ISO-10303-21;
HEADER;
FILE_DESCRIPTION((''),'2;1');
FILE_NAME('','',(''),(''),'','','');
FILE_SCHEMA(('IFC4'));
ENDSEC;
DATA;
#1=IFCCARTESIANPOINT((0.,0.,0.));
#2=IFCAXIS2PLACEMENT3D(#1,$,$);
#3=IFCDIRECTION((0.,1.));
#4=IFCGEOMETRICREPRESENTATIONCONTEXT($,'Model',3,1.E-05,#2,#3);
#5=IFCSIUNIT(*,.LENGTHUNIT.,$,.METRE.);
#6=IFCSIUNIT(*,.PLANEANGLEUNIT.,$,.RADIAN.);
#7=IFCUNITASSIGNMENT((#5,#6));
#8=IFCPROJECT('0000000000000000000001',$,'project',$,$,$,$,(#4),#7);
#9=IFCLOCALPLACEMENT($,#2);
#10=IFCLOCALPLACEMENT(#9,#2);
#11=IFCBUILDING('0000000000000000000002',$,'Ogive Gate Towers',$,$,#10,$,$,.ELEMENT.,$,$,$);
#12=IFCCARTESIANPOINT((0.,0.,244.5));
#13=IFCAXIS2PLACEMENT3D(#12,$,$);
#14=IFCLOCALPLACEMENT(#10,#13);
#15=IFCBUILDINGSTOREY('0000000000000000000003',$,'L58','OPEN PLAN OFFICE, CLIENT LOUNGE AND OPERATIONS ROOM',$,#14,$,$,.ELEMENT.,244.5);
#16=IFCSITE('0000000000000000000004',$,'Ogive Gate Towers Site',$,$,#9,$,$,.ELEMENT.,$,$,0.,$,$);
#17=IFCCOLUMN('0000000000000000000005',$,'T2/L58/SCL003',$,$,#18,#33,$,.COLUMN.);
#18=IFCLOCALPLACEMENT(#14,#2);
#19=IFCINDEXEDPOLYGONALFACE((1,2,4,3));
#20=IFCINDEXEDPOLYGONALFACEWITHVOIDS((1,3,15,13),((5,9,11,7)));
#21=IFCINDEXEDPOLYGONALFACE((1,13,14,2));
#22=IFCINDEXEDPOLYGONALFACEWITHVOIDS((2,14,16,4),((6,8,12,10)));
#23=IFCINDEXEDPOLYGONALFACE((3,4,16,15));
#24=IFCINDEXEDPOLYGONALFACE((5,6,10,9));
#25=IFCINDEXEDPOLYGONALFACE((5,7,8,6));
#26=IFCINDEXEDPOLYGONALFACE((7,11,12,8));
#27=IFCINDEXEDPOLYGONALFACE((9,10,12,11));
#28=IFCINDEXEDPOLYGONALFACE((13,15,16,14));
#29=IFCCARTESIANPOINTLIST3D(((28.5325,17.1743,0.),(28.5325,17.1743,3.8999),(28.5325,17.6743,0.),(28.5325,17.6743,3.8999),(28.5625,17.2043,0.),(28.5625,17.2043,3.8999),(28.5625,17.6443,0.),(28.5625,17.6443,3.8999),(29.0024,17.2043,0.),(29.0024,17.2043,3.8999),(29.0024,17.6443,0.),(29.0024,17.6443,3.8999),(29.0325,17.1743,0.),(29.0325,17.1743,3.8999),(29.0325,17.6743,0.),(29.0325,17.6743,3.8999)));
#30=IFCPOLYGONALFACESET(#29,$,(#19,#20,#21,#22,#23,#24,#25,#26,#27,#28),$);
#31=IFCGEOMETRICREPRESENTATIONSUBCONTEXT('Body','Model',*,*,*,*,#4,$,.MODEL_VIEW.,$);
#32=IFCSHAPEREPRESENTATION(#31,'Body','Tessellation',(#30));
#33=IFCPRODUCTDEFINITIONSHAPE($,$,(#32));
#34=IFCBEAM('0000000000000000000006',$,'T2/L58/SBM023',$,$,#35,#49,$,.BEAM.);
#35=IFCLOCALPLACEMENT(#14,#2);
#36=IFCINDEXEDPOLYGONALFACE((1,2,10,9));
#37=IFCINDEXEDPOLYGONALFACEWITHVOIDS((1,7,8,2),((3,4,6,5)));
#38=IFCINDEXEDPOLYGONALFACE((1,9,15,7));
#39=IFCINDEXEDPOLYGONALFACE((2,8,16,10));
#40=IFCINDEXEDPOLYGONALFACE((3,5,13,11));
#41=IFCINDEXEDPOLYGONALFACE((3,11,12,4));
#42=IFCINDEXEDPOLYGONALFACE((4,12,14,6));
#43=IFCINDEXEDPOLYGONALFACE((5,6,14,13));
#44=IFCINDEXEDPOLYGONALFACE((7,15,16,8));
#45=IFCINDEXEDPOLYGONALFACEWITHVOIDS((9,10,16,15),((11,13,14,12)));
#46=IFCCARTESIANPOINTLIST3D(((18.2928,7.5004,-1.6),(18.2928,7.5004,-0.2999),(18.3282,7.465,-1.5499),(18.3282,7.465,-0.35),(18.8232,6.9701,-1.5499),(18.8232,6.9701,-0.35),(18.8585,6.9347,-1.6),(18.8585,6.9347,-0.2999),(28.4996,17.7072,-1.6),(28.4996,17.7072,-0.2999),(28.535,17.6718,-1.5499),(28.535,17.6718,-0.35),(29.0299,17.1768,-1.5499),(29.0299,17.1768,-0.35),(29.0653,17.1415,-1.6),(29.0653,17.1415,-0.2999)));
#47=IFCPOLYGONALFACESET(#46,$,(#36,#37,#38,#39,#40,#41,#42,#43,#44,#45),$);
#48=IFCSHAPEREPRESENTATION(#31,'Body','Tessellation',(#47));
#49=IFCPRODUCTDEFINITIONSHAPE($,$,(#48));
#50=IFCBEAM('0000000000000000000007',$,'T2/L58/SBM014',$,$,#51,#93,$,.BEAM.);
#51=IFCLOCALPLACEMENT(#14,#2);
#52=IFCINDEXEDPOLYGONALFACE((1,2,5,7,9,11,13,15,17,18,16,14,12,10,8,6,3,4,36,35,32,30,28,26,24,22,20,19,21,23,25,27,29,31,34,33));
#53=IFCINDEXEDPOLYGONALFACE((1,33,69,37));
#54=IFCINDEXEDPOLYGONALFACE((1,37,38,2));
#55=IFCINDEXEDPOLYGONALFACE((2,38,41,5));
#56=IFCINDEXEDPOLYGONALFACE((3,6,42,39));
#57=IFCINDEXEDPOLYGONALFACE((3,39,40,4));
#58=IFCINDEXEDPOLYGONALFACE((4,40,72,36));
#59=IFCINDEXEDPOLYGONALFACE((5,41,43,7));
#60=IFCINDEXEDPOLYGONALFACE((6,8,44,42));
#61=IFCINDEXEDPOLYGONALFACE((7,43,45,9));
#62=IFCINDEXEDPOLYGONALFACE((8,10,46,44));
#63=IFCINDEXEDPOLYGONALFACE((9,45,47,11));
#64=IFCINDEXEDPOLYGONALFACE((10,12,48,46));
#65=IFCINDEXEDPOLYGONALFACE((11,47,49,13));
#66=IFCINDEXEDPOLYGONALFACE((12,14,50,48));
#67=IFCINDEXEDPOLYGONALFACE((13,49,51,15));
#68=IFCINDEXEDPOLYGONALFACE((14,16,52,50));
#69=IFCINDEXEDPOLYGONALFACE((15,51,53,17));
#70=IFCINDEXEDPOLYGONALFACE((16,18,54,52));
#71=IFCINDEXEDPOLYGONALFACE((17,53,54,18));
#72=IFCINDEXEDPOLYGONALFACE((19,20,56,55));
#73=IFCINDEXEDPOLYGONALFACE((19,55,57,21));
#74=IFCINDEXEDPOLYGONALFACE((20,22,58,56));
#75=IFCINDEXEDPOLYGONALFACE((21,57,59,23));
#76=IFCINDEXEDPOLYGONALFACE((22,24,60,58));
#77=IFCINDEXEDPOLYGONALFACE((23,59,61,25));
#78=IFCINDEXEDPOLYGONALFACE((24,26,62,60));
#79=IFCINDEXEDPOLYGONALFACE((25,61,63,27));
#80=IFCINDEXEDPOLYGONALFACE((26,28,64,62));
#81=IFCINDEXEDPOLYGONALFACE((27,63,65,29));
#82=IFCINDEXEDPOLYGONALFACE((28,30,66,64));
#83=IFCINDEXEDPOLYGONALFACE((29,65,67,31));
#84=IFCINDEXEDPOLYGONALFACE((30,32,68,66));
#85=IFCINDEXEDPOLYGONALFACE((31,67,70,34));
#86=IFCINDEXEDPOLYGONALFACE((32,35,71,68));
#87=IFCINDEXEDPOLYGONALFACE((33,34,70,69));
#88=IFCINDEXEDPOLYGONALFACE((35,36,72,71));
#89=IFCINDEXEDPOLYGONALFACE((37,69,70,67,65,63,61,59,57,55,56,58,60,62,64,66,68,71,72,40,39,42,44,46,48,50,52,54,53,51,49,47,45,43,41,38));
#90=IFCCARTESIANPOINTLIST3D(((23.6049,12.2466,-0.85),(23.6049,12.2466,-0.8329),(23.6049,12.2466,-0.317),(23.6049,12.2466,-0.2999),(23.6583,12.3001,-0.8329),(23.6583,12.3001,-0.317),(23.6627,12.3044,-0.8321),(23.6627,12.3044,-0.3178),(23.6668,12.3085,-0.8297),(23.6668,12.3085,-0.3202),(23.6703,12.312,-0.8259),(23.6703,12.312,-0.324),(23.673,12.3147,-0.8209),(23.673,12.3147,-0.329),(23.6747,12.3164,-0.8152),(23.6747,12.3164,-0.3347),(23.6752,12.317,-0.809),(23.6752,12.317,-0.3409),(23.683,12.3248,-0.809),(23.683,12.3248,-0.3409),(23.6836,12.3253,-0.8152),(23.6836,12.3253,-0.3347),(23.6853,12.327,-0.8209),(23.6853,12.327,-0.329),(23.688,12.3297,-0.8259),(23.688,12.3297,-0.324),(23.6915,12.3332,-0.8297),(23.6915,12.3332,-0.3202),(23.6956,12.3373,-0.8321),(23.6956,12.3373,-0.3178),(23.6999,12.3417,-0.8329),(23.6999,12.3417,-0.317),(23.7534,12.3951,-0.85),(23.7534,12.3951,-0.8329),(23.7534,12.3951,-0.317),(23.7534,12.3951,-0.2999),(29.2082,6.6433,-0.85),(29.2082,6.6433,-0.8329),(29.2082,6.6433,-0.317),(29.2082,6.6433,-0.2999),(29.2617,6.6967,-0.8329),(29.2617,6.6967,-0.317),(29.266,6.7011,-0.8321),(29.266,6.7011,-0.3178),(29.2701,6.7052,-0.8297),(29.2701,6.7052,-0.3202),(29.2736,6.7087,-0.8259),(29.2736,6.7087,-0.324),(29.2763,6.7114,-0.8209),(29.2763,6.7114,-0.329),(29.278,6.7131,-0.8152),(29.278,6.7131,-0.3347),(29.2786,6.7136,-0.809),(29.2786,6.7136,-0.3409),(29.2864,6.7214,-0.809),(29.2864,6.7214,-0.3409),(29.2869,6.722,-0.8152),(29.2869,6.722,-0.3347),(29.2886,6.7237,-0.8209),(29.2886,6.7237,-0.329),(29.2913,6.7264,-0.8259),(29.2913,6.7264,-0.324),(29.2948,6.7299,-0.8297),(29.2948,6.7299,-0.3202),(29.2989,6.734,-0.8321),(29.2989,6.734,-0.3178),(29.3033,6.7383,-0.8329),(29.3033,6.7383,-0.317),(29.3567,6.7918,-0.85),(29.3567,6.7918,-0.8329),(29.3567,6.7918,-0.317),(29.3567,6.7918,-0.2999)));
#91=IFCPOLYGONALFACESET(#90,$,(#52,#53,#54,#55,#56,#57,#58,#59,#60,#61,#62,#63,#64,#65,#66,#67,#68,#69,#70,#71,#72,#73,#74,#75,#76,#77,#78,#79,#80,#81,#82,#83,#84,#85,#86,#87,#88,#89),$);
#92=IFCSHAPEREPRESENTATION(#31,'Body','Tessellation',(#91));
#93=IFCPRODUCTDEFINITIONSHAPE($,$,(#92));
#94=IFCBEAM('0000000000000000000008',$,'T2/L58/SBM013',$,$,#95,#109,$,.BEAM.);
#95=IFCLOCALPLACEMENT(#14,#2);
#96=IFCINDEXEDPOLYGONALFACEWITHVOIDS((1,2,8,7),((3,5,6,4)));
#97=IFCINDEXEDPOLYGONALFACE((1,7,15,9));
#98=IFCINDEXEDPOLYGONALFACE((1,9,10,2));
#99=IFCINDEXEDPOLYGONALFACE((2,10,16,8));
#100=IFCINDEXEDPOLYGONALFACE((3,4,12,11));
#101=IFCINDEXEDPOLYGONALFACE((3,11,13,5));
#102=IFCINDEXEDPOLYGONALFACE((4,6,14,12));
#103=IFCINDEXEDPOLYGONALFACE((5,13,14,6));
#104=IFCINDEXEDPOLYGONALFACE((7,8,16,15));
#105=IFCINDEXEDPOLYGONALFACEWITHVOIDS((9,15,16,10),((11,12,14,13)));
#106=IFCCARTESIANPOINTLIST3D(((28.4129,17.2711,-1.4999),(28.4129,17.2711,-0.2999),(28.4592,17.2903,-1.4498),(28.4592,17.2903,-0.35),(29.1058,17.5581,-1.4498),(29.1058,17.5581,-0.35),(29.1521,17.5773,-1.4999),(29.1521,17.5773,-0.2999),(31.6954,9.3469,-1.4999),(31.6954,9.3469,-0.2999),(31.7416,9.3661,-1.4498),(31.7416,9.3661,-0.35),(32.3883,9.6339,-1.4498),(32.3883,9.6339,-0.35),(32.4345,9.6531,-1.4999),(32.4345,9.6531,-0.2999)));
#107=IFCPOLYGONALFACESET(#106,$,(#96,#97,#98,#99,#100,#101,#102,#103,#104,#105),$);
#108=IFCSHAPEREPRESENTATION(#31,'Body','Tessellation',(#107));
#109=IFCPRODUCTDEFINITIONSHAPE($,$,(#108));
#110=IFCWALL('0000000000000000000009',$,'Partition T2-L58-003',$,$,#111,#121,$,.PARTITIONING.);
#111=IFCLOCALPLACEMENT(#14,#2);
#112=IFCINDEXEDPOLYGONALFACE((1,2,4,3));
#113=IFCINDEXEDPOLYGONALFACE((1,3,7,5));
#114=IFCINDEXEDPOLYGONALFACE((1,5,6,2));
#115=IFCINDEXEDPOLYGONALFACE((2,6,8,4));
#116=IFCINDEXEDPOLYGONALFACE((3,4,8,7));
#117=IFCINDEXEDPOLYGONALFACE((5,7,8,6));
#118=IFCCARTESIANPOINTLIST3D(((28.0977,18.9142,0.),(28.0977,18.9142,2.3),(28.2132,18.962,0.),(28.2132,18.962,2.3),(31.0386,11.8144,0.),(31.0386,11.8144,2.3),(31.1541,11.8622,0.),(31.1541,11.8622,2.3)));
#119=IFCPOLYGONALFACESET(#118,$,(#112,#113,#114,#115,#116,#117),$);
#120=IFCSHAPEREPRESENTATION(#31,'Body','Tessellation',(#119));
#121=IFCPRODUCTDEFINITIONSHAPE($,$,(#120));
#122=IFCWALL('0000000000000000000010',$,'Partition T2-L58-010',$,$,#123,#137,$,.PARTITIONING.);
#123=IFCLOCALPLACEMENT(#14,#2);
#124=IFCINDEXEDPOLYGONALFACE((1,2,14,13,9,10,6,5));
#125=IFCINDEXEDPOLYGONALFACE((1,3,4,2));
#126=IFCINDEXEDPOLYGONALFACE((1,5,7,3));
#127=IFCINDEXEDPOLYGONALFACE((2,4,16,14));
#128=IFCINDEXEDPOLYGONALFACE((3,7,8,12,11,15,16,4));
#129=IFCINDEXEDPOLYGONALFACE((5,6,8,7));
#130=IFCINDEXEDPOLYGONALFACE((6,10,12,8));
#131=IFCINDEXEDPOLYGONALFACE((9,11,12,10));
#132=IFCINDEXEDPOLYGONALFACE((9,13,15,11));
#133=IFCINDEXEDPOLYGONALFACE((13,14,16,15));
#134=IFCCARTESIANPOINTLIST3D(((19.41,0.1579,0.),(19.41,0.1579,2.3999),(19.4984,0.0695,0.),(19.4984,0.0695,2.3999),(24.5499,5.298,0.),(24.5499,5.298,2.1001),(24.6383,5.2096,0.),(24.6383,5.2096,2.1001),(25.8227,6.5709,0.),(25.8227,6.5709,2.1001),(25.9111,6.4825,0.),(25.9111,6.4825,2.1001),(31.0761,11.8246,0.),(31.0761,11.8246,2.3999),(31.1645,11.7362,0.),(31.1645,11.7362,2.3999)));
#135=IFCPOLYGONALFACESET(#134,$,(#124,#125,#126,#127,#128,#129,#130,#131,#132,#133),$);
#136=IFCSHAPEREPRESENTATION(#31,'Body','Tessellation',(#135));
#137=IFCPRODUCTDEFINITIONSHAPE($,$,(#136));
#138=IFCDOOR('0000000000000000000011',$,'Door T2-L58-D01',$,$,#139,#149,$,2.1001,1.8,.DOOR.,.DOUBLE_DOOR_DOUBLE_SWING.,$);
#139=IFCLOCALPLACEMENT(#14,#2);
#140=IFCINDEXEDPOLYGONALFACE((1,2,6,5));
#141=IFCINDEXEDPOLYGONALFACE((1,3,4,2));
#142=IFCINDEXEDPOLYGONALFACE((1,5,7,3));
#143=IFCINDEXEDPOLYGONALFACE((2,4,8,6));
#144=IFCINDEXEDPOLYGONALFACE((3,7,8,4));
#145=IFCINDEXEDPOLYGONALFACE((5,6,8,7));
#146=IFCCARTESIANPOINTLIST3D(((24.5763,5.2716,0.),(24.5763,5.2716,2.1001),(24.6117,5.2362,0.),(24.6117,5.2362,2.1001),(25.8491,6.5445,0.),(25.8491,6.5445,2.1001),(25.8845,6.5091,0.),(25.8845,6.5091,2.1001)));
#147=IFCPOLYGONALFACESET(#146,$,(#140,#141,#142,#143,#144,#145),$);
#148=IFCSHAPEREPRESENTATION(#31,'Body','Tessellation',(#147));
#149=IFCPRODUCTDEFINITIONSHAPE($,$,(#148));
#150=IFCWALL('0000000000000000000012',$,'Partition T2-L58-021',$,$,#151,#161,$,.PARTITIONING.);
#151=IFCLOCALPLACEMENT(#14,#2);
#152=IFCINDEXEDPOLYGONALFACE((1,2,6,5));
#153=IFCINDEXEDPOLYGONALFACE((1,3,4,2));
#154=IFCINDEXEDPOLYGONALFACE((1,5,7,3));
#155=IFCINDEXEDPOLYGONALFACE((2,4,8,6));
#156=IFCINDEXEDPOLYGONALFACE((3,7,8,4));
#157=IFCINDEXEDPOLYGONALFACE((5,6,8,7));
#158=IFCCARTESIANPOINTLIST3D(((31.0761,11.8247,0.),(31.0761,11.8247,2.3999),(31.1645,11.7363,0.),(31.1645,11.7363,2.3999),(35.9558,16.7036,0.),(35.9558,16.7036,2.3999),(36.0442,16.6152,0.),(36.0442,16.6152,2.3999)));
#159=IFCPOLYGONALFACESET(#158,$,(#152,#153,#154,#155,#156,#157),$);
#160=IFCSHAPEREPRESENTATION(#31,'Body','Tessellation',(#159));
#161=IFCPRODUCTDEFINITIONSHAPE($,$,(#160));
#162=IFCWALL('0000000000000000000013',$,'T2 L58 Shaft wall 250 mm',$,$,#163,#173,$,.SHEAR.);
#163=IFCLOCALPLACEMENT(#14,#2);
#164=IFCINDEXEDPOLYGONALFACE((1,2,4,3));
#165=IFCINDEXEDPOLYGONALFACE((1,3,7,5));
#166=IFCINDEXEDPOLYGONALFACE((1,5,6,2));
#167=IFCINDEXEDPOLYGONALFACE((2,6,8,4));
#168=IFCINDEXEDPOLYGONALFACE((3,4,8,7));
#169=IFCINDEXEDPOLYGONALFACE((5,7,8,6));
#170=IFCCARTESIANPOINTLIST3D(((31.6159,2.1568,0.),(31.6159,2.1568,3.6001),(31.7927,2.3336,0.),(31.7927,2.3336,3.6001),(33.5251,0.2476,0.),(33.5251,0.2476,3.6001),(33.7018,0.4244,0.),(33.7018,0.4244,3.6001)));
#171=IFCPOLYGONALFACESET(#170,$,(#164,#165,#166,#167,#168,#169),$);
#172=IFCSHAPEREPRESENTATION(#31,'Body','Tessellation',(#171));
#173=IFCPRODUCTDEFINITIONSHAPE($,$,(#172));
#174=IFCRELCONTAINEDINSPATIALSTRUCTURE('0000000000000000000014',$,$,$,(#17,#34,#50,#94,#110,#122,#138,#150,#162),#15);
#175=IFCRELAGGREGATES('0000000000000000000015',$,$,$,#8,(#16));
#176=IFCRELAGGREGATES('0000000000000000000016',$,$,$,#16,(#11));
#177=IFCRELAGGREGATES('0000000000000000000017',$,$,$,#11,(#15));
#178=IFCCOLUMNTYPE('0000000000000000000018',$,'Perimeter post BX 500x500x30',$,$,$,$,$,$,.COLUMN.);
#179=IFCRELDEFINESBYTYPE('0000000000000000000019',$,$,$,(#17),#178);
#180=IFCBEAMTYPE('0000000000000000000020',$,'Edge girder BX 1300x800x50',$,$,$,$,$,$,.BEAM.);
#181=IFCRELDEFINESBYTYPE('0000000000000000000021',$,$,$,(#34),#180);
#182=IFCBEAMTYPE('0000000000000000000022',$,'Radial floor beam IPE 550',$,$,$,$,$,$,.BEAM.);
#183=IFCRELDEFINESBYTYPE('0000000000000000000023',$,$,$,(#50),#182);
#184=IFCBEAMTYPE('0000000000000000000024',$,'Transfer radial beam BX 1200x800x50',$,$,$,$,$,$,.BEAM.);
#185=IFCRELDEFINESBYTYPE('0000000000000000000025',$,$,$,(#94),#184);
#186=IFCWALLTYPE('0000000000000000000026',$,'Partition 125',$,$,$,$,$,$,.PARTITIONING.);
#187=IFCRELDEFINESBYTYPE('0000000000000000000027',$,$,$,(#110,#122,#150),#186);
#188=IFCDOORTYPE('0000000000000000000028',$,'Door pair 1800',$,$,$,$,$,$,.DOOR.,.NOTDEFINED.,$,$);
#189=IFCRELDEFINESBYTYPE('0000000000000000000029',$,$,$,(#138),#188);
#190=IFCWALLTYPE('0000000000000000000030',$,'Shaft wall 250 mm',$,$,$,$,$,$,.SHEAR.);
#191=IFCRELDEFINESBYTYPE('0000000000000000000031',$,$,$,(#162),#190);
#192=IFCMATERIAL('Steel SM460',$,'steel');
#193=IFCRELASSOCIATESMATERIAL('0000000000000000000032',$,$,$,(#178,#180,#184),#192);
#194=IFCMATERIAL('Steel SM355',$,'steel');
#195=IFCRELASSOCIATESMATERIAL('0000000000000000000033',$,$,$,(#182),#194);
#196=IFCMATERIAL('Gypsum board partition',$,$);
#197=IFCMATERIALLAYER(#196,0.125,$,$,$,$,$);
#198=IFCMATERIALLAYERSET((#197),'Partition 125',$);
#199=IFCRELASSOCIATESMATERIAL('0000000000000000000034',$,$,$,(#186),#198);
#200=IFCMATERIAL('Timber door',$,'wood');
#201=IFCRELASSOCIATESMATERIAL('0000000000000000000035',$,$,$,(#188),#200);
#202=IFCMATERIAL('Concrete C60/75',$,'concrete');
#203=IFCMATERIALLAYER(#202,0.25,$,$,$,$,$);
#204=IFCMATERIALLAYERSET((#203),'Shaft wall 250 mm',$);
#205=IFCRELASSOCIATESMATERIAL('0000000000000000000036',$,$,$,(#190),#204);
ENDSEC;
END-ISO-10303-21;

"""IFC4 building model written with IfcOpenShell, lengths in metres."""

from ifc_helpers import new_model, si_unit, direction, frame, frame_2d, origin, origin_2d, place, context, subcontext, project, spatial, rectangle, hollow_rectangle, i_section, extrude, material, layer, layer_set, material_profile, profile_set, type_object, element, fill, save


model = new_model("IFC4")

# Units and contexts
model_context = context("Model", 3, precision=1e-05, world=origin(), true_north=direction((0.0, 1.0)))
body_context = subcontext(model_context, "Body", "Model", "MODEL_VIEW")
ifc_project = project(units=[si_unit("LENGTHUNIT", "METRE"), si_unit("PLANEANGLEUNIT", "RADIAN")], contexts=[model_context])

# Site, building, storey
site_placement = place(None, origin())
site = spatial("IfcSite", under=ifc_project, at=site_placement, Name="Ogive Gate Towers Site", CompositionType="ELEMENT", RefElevation=0.0)
building_placement = place(site_placement, origin())
building = spatial("IfcBuilding", under=site, at=building_placement, Name="Ogive Gate Towers", CompositionType="ELEMENT")
storey_placement = place(building_placement, frame((0.0, 0.0, 244.5)))
storey = spatial("IfcBuildingStorey", under=building, at=storey_placement, Name="L58", Description="OPEN PLAN OFFICE, CLIENT LOUNGE AND OPERATIONS ROOM", CompositionType="ELEMENT", Elevation=244.5)

# Column
ifc_material_1 = material(Name="Steel SM460", Category="steel")
ifc_material_profile_1 = material_profile(ifc_material_1, hollow_rectangle(XDim=0.5, YDim=0.5, WallThickness=0.03, at=origin_2d()), Name="BX 500x500x30")
ifc_profile_set_1 = profile_set([ifc_material_profile_1], Name="Steel SM460")
column_type = type_object("IfcColumnType", Name="Perimeter post BX 500x500x30", PredefinedType="COLUMN", material=ifc_profile_set_1)
column_placement = place(storey_placement, frame((28.7825, 17.4243, 0.0), z_axis=(0.0, 0.0, 1.0), x_axis=(1.0, 0.0, 0.0)))
element("IfcColumn", 1, at=column_placement, inside=storey, type_object=column_type, Name="T2/L58/SCL003", PredefinedType="COLUMN", context=body_context, shape_type="SweptSolid", body=[
    extrude(hollow_rectangle(XDim=0.5, YDim=0.5, WallThickness=0.03, at=origin_2d()), origin(), (0.0, 0.0, 1.0), 3.8999),
])

# Beams
ifc_material_profile_2 = material_profile(ifc_material_1, hollow_rectangle(XDim=0.8, YDim=1.3, WallThickness=0.05, at=origin_2d()), Name="BX 1300x800x50")
ifc_profile_set_2 = profile_set([ifc_material_profile_2], Name="Steel SM460")
beam_type_1 = type_object("IfcBeamType", Name="Edge girder BX 1300x800x50", PredefinedType="BEAM", material=ifc_profile_set_2)
beam_1_placement = place(storey_placement, frame((28.7825, 17.4243, -0.95), z_axis=(-0.707107, -0.707107, 0.0), x_axis=(0.707107, -0.707107, 0.0)))
element("IfcBeam", 2, at=beam_1_placement, inside=storey, type_object=beam_type_1, Name="T2/L58/SBM023", PredefinedType="BEAM", context=body_context, shape_type="SweptSolid", body=[
    extrude(hollow_rectangle(XDim=0.8, YDim=1.3, WallThickness=0.05, at=origin_2d()), origin(), (0.0, 0.0, 1.0), 14.4346),
])
ifc_material_2 = material(Name="Steel SM355", Category="steel")
ifc_material_profile_3 = material_profile(ifc_material_2, i_section(OverallWidth=0.21, OverallDepth=0.55, WebThickness=0.011, FlangeThickness=0.0171, FilletRadius=0.0239, at=origin_2d()), Name="IPE 550")
ifc_profile_set_3 = profile_set([ifc_material_profile_3], Name="Steel SM355")
beam_type_2 = type_object("IfcBeamType", Name="Radial floor beam IPE 550", PredefinedType="BEAM", material=ifc_profile_set_3)
beam_2_placement = place(storey_placement, frame((29.2825, 6.7175, -0.575), z_axis=(-0.707107, 0.707107, 0.0), x_axis=(-0.707107, -0.707107, 0.0)))
element("IfcBeam", 3, at=beam_2_placement, inside=storey, type_object=beam_type_2, Name="T2/L58/SBM014", PredefinedType="BEAM", context=body_context, shape_type="SweptSolid", body=[
    extrude(i_section(OverallWidth=0.21, OverallDepth=0.55, WebThickness=0.011, FlangeThickness=0.0171, FilletRadius=0.0239, at=origin_2d()), origin(), (0.0, 0.0, 1.0), 7.9243),
])
ifc_material_profile_4 = material_profile(ifc_material_1, hollow_rectangle(XDim=0.8, YDim=1.2, WallThickness=0.05, at=origin_2d()), Name="BX 1200x800x50")
ifc_profile_set_4 = profile_set([ifc_material_profile_4], Name="Steel SM460")
beam_type_3 = type_object("IfcBeamType", Name="Transfer radial beam BX 1200x800x50", PredefinedType="BEAM", material=ifc_profile_set_4)
beam_3_placement = place(storey_placement, frame((32.0649, 9.5, -0.8999), z_axis=(-0.382695, 0.923875, 0.0), x_axis=(-0.923875, -0.382695, 0.0)))
element("IfcBeam", 4, at=beam_3_placement, inside=storey, type_object=beam_type_3, Name="T2/L58/SBM013", PredefinedType="BEAM", context=body_context, shape_type="SweptSolid", body=[
    extrude(hollow_rectangle(XDim=0.8, YDim=1.2, WallThickness=0.05, at=origin_2d()), origin(), (0.0, 0.0, 1.0), 8.5771),
])

# Wall
ifc_material_3 = material(Name="Gypsum board partition")
ifc_layer_1 = layer(ifc_material_3, 0.125)
ifc_layer_set_1 = layer_set([ifc_layer_1], Name="Partition 125")
wall_type_1 = type_object("IfcWallType", Name="Partition 125", PredefinedType="PARTITIONING", material=ifc_layer_set_1)
wall_1_placement = place(storey_placement, frame((28.1555, 18.938, 0.0), z_axis=(0.0, 0.0, 1.0), x_axis=(0.38269, -0.923877, 0.0)))
element("IfcWall", 5, at=wall_1_placement, inside=storey, type_object=wall_type_1, Name="Partition T2-L58-003", PredefinedType="PARTITIONING", context=body_context, shape_type="SweptSolid", body=[
    extrude(rectangle(XDim=7.6848, YDim=0.125, at=frame_2d((3.8423, 0.0))), origin(), (0.0, 0.0, 1.0), 2.3),
])

# Wall, opening, door
wall_2_placement = place(storey_placement, frame((31.1204, 11.7805, 0.0), z_axis=(0.0, 0.0, 1.0), x_axis=(-0.707085, -0.707129, 0.0)))
wall_2 = element("IfcWall", 6, at=wall_2_placement, inside=storey, type_object=wall_type_1, Name="Partition T2-L58-010", PredefinedType="PARTITIONING", context=body_context, shape_type="SweptSolid", body=[
    extrude(rectangle(XDim=16.4988, YDim=0.125, at=frame_2d((8.2495, 0.0))), origin(), (0.0, 0.0, 1.0), 2.3999),
])
opening_1_placement = place(wall_2_placement, frame((7.4299, 0.0, 0.0)))
opening_1 = element("IfcOpeningElement", 7, at=opening_1_placement, cuts=wall_2, PredefinedType="OPENING", context=body_context, shape_type="SweptSolid", body=[
    extrude(rectangle(XDim=1.8, YDim=2.1001, at=frame_2d((0.8999, 1.05))), frame((0.0, 0.0725, 0.0), z_axis=(0.0, -1.0, 0.0), x_axis=(1.0, 0.0, 0.0)), (0.0, 0.0, 1.0), 0.145),
])
ifc_material_4 = material(Name="Timber door", Category="wood")
door_type_1 = type_object("IfcDoorType", Name="Door pair 1800", OperationType="NOTDEFINED", PredefinedType="DOOR", material=ifc_material_4)
door_1_placement = place(opening_1_placement, origin())
door_1 = element("IfcDoor", 8, at=door_1_placement, inside=storey, type_object=door_type_1, Name="Door T2-L58-D01", OperationType="DOUBLE_DOOR_DOUBLE_SWING", OverallHeight=2.1001, OverallWidth=1.8, PredefinedType="DOOR", context=body_context, shape_type="SweptSolid", body=[
    extrude(rectangle(XDim=1.8, YDim=2.1001, at=frame_2d((0.8999, 1.05))), frame((0.0, 0.0249, 0.0), z_axis=(0.0, -1.0, 0.0), x_axis=(1.0, 0.0, 0.0)), (0.0, 0.0, 1.0), 0.05),
])
fill(opening_1, door_1)

# Walls
wall_3_placement = place(storey_placement, frame((36.0, 16.6594, 0.0), z_axis=(0.0, 0.0, 1.0), x_axis=(-0.70716, -0.707054, 0.0)))
element("IfcWall", 9, at=wall_3_placement, inside=storey, type_object=wall_type_1, Name="Partition T2-L58-021", PredefinedType="PARTITIONING", context=body_context, shape_type="SweptSolid", body=[
    extrude(rectangle(XDim=6.9004, YDim=0.125, at=frame_2d((3.4502, 0.0))), origin(), (0.0, 0.0, 1.0), 2.3999),
])
ifc_material_5 = material(Name="Concrete C60/75", Category="concrete")
ifc_layer_2 = layer(ifc_material_5, 0.25)
ifc_layer_set_2 = layer_set([ifc_layer_2], Name="Shaft wall 250 mm")
wall_type_2 = type_object("IfcWallType", Name="Shaft wall 250 mm", PredefinedType="SHEAR", material=ifc_layer_set_2)
wall_4_placement = place(storey_placement, frame((33.6135, 0.3359, 0.0), z_axis=(0.0, 0.0, 1.0), x_axis=(-0.707107, 0.707107, 0.0)))
element("IfcWall", 10, at=wall_4_placement, inside=storey, type_object=wall_type_2, Name="T2 L58 Shaft wall 250 mm", PredefinedType="SHEAR", context=body_context, shape_type="SweptSolid", body=[
    extrude(rectangle(XDim=2.7, YDim=0.25, at=frame_2d((1.3501, 0.0))), origin(), (0.0, 0.0, 1.0), 3.6001),
])

save(model, "model.ifc")
